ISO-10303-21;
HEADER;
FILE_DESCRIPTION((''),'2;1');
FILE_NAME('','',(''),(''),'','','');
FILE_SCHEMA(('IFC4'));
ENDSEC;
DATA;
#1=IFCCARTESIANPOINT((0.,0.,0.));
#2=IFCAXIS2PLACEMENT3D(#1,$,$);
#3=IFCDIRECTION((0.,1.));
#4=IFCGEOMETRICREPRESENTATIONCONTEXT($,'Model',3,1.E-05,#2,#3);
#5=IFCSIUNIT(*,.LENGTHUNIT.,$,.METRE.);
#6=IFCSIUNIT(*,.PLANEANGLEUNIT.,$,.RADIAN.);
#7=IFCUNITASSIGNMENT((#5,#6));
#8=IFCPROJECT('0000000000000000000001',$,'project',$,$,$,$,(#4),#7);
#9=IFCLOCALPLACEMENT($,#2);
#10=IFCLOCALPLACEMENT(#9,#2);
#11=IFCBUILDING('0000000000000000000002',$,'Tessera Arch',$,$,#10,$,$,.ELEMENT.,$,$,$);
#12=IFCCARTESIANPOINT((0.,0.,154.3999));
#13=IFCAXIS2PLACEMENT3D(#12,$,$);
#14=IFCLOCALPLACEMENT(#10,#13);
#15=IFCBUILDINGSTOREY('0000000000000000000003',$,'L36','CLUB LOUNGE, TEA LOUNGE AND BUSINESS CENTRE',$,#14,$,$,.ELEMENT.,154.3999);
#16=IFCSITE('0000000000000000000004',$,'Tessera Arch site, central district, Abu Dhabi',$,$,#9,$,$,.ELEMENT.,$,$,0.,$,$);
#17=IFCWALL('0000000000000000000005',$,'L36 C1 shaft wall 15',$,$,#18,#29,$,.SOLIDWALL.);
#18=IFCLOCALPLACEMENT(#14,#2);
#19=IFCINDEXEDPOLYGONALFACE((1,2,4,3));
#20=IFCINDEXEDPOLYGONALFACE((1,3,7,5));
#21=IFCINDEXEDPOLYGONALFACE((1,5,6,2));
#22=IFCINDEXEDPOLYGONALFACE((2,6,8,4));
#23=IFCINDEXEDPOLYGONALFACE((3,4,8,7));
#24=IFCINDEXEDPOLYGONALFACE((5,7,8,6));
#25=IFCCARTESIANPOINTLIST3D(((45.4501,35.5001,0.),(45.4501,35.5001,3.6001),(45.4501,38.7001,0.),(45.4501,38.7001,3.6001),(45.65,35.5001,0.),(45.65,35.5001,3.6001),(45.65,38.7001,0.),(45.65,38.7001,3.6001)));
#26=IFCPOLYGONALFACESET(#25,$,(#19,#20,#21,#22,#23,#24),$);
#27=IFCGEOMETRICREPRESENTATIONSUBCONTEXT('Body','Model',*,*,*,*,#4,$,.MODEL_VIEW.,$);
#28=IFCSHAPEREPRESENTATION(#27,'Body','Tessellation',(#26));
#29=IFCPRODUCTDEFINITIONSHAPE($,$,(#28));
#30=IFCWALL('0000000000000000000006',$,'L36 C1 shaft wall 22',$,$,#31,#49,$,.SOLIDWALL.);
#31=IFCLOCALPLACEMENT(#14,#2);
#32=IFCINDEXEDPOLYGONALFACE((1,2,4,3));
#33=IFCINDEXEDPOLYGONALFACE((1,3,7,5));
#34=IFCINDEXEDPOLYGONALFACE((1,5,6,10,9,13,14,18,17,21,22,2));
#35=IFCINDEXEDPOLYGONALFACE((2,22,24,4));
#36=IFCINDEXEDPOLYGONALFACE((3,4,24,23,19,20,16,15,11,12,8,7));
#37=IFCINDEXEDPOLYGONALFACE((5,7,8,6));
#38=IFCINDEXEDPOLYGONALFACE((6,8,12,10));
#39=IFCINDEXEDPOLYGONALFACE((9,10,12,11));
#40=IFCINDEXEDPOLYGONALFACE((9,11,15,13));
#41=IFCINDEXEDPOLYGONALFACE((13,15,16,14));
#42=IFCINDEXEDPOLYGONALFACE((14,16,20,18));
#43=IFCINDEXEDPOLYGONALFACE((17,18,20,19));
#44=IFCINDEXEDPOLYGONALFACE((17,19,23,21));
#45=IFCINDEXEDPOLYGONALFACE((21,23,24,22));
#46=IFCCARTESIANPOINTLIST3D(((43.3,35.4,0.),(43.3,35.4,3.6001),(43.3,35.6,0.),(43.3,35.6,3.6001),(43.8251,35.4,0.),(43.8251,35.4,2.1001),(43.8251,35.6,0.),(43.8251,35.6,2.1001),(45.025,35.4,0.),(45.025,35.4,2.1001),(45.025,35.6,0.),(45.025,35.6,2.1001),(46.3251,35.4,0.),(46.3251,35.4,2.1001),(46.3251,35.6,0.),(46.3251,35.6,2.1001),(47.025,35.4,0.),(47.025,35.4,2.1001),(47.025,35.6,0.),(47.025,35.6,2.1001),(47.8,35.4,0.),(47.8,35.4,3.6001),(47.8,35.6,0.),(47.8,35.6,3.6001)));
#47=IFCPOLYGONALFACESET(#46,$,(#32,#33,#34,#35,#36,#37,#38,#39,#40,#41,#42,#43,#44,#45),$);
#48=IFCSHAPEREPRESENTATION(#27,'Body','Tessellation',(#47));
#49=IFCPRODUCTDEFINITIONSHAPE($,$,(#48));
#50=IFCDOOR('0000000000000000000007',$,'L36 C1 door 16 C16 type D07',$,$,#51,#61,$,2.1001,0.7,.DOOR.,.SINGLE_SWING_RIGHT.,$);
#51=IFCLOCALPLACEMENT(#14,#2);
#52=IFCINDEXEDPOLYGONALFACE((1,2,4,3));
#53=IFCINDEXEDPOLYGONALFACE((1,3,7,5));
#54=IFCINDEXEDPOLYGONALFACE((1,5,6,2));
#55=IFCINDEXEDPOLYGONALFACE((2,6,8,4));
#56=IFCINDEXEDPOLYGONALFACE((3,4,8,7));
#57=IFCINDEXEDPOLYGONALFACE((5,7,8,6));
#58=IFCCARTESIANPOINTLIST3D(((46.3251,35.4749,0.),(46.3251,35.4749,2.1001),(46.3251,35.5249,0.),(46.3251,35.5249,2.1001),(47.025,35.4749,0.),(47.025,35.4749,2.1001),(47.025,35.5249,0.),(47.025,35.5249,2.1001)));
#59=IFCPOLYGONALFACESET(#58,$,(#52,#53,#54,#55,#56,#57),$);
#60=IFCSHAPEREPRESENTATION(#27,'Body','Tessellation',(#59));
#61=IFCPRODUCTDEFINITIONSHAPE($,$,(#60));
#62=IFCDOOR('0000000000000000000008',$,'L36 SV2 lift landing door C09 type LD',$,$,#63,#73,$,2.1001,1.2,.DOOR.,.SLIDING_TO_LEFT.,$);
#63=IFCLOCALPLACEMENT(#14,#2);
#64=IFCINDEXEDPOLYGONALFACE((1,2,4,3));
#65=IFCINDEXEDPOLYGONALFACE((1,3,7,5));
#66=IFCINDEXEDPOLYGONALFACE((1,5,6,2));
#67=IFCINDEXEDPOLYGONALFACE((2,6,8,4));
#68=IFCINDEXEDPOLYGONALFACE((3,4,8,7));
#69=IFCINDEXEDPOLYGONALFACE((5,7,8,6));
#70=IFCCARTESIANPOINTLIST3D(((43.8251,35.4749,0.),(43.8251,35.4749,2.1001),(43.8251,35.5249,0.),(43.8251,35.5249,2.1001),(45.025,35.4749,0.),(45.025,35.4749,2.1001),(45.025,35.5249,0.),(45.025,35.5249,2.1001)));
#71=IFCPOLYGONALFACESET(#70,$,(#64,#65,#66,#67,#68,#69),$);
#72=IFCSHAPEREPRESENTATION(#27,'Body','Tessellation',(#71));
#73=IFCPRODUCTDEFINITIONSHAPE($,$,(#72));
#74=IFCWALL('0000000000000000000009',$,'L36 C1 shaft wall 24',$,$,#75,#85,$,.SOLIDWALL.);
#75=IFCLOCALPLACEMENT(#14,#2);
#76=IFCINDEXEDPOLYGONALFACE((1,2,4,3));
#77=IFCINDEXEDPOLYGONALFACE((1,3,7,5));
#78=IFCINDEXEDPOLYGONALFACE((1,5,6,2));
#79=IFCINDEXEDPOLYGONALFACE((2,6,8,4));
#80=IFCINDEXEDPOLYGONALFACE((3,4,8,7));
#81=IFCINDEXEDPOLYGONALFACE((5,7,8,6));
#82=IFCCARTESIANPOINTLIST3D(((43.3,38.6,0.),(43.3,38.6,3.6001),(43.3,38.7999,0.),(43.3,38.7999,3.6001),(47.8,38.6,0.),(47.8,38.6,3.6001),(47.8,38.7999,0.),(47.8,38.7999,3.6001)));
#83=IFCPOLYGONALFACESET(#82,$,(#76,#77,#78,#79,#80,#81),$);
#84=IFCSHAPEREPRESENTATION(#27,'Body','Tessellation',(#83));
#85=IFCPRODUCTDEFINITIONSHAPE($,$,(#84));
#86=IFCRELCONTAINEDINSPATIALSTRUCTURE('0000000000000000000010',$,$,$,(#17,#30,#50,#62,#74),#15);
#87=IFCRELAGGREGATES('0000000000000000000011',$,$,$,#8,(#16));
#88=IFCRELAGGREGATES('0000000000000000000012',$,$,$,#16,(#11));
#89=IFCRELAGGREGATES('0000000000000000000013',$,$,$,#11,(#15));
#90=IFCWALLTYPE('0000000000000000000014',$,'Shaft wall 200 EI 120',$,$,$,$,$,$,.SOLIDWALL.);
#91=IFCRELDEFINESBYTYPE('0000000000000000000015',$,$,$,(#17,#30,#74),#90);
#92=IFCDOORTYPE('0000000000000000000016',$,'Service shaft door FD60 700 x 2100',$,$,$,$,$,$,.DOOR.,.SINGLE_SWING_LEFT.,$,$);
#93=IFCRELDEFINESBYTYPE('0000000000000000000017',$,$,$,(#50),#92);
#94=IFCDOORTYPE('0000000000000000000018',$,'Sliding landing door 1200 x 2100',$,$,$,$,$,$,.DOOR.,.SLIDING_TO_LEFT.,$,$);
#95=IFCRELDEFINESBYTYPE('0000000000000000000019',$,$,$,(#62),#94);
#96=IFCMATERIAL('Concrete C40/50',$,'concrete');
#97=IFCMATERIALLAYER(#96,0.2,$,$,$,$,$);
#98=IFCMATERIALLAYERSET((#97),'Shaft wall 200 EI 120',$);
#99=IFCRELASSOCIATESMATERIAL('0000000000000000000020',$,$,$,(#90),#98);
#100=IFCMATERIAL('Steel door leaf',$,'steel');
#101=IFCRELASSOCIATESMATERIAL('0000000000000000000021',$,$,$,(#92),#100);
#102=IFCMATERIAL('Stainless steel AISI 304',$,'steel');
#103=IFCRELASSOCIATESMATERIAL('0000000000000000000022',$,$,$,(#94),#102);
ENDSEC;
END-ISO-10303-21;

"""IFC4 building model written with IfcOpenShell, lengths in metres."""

from ifc_helpers import new_model, si_unit, direction, frame, frame_2d, origin, place, context, subcontext, project, spatial, rectangle, extrude, material, layer, layer_set, type_object, element, fill, save


model = new_model("IFC4")

# Units and contexts
model_context = context("Model", 3, precision=1e-05, world=origin(), true_north=direction((0.0, 1.0)))
body_context = subcontext(model_context, "Body", "Model", "MODEL_VIEW")
ifc_project = project(units=[si_unit("LENGTHUNIT", "METRE"), si_unit("PLANEANGLEUNIT", "RADIAN")], contexts=[model_context])

# Site, building, storey
site_placement = place(None, origin())
site = spatial("IfcSite", under=ifc_project, at=site_placement, Name="Tessera Arch site, central district, Abu Dhabi", CompositionType="ELEMENT", RefElevation=0.0)
building_placement = place(site_placement, origin())
building = spatial("IfcBuilding", under=site, at=building_placement, Name="Tessera Arch", CompositionType="ELEMENT")
storey_placement = place(building_placement, frame((0.0, 0.0, 154.3999)))
storey = spatial("IfcBuildingStorey", under=building, at=storey_placement, Name="L36", Description="CLUB LOUNGE, TEA LOUNGE AND BUSINESS CENTRE", CompositionType="ELEMENT", Elevation=154.3999)

# Wall
ifc_material_1 = material(Name="Concrete C40/50", Category="concrete")
ifc_layer_1 = layer(ifc_material_1, 0.2)
ifc_layer_set_1 = layer_set([ifc_layer_1], Name="Shaft wall 200 EI 120")
wall_type_1 = type_object("IfcWallType", Name="Shaft wall 200 EI 120", PredefinedType="SOLIDWALL", material=ifc_layer_set_1)
for number, where, z_axis, x_axis, name in (
    (1, (45.55, 35.5, 0.0), (0.0, 0.0, 1.0), (0.0, 1.0, 0.0), "L36 C1 shaft wall 15"),
):
    element("IfcWall", number, at=place(storey_placement, frame(where, z_axis=z_axis, x_axis=x_axis)), inside=storey, type_object=wall_type_1, Name=name, PredefinedType="SOLIDWALL", context=body_context, shape_type="SweptSolid", body=[
        extrude(rectangle(XDim=3.2, YDim=0.2, at=frame_2d((1.6001, 0.0))), origin(), (0.0, 0.0, 1.0), 3.6001),
    ])

# Wall, openings, doors
wall_1_placement = place(storey_placement, frame((43.3, 35.5, 0.0), z_axis=(0.0, 0.0, 1.0), x_axis=(1.0, 0.0, 0.0)))
wall_1 = element("IfcWall", 2, at=wall_1_placement, inside=storey, type_object=wall_type_1, Name="L36 C1 shaft wall 22", PredefinedType="SOLIDWALL", context=body_context, shape_type="SweptSolid", body=[
    extrude(rectangle(XDim=4.5, YDim=0.2, at=frame_2d((2.25, 0.0))), origin(), (0.0, 0.0, 1.0), 3.6001),
])
opening_1_placement = place(wall_1_placement, frame((0.5249, 0.0, 0.0)))
opening_1 = element("IfcOpeningElement", 3, at=opening_1_placement, cuts=wall_1, PredefinedType="OPENING", context=body_context, shape_type="SweptSolid", body=[
    extrude(rectangle(XDim=1.2, YDim=2.1001, at=frame_2d((0.6001, 1.05))), frame((0.0, 0.1099, 0.0), z_axis=(0.0, -1.0, 0.0), x_axis=(1.0, 0.0, 0.0)), (0.0, 0.0, 1.0), 0.22),
])
opening_2_placement = place(wall_1_placement, frame((3.0249, 0.0, 0.0)))
opening_2 = element("IfcOpeningElement", 4, at=opening_2_placement, cuts=wall_1, PredefinedType="OPENING", context=body_context, shape_type="SweptSolid", body=[
    extrude(rectangle(XDim=0.7, YDim=2.1001, at=frame_2d((0.3501, 1.05))), frame((0.0, 0.1099, 0.0), z_axis=(0.0, -1.0, 0.0), x_axis=(1.0, 0.0, 0.0)), (0.0, 0.0, 1.0), 0.22),
])
ifc_material_2 = material(Name="Steel door leaf", Category="steel")
door_type_1 = type_object("IfcDoorType", Name="Service shaft door FD60 700 x 2100", OperationType="SINGLE_SWING_LEFT", PredefinedType="DOOR", material=ifc_material_2)
door_1_placement = place(opening_2_placement, origin())
door_1 = element("IfcDoor", 5, at=door_1_placement, inside=storey, type_object=door_type_1, Name="L36 C1 door 16 C16 type D07", OperationType="SINGLE_SWING_RIGHT", OverallHeight=2.1001, OverallWidth=0.7, PredefinedType="DOOR", context=body_context, shape_type="SweptSolid", body=[
    extrude(rectangle(XDim=0.7, YDim=2.1001, at=frame_2d((0.3501, 1.05))), frame((0.0, 0.0249, 0.0), z_axis=(0.0, -1.0, 0.0), x_axis=(1.0, 0.0, 0.0)), (0.0, 0.0, 1.0), 0.05),
])
fill(opening_2, door_1)
ifc_material_3 = material(Name="Stainless steel AISI 304", Category="steel")
door_type_2 = type_object("IfcDoorType", Name="Sliding landing door 1200 x 2100", OperationType="SLIDING_TO_LEFT", PredefinedType="DOOR", material=ifc_material_3)
door_2_placement = place(opening_1_placement, origin())
door_2 = element("IfcDoor", 6, at=door_2_placement, inside=storey, type_object=door_type_2, Name="L36 SV2 lift landing door C09 type LD", OperationType="SLIDING_TO_LEFT", OverallHeight=2.1001, OverallWidth=1.2, PredefinedType="DOOR", context=body_context, shape_type="SweptSolid", body=[
    extrude(rectangle(XDim=1.2, YDim=2.1001, at=frame_2d((0.6001, 1.05))), frame((0.0, 0.0249, 0.0), z_axis=(0.0, -1.0, 0.0), x_axis=(1.0, 0.0, 0.0)), (0.0, 0.0, 1.0), 0.05),
])
fill(opening_1, door_2)

# Wall
wall_2_placement = place(storey_placement, frame((43.3, 38.7, 0.0), z_axis=(0.0, 0.0, 1.0), x_axis=(1.0, 0.0, 0.0)))
element("IfcWall", 7, at=wall_2_placement, inside=storey, type_object=wall_type_1, Name="L36 C1 shaft wall 24", PredefinedType="SOLIDWALL", context=body_context, shape_type="SweptSolid", body=[
    extrude(rectangle(XDim=4.5, YDim=0.2, at=frame_2d((2.25, 0.0))), origin(), (0.0, 0.0, 1.0), 3.6001),
])

save(model, "model.ifc")
